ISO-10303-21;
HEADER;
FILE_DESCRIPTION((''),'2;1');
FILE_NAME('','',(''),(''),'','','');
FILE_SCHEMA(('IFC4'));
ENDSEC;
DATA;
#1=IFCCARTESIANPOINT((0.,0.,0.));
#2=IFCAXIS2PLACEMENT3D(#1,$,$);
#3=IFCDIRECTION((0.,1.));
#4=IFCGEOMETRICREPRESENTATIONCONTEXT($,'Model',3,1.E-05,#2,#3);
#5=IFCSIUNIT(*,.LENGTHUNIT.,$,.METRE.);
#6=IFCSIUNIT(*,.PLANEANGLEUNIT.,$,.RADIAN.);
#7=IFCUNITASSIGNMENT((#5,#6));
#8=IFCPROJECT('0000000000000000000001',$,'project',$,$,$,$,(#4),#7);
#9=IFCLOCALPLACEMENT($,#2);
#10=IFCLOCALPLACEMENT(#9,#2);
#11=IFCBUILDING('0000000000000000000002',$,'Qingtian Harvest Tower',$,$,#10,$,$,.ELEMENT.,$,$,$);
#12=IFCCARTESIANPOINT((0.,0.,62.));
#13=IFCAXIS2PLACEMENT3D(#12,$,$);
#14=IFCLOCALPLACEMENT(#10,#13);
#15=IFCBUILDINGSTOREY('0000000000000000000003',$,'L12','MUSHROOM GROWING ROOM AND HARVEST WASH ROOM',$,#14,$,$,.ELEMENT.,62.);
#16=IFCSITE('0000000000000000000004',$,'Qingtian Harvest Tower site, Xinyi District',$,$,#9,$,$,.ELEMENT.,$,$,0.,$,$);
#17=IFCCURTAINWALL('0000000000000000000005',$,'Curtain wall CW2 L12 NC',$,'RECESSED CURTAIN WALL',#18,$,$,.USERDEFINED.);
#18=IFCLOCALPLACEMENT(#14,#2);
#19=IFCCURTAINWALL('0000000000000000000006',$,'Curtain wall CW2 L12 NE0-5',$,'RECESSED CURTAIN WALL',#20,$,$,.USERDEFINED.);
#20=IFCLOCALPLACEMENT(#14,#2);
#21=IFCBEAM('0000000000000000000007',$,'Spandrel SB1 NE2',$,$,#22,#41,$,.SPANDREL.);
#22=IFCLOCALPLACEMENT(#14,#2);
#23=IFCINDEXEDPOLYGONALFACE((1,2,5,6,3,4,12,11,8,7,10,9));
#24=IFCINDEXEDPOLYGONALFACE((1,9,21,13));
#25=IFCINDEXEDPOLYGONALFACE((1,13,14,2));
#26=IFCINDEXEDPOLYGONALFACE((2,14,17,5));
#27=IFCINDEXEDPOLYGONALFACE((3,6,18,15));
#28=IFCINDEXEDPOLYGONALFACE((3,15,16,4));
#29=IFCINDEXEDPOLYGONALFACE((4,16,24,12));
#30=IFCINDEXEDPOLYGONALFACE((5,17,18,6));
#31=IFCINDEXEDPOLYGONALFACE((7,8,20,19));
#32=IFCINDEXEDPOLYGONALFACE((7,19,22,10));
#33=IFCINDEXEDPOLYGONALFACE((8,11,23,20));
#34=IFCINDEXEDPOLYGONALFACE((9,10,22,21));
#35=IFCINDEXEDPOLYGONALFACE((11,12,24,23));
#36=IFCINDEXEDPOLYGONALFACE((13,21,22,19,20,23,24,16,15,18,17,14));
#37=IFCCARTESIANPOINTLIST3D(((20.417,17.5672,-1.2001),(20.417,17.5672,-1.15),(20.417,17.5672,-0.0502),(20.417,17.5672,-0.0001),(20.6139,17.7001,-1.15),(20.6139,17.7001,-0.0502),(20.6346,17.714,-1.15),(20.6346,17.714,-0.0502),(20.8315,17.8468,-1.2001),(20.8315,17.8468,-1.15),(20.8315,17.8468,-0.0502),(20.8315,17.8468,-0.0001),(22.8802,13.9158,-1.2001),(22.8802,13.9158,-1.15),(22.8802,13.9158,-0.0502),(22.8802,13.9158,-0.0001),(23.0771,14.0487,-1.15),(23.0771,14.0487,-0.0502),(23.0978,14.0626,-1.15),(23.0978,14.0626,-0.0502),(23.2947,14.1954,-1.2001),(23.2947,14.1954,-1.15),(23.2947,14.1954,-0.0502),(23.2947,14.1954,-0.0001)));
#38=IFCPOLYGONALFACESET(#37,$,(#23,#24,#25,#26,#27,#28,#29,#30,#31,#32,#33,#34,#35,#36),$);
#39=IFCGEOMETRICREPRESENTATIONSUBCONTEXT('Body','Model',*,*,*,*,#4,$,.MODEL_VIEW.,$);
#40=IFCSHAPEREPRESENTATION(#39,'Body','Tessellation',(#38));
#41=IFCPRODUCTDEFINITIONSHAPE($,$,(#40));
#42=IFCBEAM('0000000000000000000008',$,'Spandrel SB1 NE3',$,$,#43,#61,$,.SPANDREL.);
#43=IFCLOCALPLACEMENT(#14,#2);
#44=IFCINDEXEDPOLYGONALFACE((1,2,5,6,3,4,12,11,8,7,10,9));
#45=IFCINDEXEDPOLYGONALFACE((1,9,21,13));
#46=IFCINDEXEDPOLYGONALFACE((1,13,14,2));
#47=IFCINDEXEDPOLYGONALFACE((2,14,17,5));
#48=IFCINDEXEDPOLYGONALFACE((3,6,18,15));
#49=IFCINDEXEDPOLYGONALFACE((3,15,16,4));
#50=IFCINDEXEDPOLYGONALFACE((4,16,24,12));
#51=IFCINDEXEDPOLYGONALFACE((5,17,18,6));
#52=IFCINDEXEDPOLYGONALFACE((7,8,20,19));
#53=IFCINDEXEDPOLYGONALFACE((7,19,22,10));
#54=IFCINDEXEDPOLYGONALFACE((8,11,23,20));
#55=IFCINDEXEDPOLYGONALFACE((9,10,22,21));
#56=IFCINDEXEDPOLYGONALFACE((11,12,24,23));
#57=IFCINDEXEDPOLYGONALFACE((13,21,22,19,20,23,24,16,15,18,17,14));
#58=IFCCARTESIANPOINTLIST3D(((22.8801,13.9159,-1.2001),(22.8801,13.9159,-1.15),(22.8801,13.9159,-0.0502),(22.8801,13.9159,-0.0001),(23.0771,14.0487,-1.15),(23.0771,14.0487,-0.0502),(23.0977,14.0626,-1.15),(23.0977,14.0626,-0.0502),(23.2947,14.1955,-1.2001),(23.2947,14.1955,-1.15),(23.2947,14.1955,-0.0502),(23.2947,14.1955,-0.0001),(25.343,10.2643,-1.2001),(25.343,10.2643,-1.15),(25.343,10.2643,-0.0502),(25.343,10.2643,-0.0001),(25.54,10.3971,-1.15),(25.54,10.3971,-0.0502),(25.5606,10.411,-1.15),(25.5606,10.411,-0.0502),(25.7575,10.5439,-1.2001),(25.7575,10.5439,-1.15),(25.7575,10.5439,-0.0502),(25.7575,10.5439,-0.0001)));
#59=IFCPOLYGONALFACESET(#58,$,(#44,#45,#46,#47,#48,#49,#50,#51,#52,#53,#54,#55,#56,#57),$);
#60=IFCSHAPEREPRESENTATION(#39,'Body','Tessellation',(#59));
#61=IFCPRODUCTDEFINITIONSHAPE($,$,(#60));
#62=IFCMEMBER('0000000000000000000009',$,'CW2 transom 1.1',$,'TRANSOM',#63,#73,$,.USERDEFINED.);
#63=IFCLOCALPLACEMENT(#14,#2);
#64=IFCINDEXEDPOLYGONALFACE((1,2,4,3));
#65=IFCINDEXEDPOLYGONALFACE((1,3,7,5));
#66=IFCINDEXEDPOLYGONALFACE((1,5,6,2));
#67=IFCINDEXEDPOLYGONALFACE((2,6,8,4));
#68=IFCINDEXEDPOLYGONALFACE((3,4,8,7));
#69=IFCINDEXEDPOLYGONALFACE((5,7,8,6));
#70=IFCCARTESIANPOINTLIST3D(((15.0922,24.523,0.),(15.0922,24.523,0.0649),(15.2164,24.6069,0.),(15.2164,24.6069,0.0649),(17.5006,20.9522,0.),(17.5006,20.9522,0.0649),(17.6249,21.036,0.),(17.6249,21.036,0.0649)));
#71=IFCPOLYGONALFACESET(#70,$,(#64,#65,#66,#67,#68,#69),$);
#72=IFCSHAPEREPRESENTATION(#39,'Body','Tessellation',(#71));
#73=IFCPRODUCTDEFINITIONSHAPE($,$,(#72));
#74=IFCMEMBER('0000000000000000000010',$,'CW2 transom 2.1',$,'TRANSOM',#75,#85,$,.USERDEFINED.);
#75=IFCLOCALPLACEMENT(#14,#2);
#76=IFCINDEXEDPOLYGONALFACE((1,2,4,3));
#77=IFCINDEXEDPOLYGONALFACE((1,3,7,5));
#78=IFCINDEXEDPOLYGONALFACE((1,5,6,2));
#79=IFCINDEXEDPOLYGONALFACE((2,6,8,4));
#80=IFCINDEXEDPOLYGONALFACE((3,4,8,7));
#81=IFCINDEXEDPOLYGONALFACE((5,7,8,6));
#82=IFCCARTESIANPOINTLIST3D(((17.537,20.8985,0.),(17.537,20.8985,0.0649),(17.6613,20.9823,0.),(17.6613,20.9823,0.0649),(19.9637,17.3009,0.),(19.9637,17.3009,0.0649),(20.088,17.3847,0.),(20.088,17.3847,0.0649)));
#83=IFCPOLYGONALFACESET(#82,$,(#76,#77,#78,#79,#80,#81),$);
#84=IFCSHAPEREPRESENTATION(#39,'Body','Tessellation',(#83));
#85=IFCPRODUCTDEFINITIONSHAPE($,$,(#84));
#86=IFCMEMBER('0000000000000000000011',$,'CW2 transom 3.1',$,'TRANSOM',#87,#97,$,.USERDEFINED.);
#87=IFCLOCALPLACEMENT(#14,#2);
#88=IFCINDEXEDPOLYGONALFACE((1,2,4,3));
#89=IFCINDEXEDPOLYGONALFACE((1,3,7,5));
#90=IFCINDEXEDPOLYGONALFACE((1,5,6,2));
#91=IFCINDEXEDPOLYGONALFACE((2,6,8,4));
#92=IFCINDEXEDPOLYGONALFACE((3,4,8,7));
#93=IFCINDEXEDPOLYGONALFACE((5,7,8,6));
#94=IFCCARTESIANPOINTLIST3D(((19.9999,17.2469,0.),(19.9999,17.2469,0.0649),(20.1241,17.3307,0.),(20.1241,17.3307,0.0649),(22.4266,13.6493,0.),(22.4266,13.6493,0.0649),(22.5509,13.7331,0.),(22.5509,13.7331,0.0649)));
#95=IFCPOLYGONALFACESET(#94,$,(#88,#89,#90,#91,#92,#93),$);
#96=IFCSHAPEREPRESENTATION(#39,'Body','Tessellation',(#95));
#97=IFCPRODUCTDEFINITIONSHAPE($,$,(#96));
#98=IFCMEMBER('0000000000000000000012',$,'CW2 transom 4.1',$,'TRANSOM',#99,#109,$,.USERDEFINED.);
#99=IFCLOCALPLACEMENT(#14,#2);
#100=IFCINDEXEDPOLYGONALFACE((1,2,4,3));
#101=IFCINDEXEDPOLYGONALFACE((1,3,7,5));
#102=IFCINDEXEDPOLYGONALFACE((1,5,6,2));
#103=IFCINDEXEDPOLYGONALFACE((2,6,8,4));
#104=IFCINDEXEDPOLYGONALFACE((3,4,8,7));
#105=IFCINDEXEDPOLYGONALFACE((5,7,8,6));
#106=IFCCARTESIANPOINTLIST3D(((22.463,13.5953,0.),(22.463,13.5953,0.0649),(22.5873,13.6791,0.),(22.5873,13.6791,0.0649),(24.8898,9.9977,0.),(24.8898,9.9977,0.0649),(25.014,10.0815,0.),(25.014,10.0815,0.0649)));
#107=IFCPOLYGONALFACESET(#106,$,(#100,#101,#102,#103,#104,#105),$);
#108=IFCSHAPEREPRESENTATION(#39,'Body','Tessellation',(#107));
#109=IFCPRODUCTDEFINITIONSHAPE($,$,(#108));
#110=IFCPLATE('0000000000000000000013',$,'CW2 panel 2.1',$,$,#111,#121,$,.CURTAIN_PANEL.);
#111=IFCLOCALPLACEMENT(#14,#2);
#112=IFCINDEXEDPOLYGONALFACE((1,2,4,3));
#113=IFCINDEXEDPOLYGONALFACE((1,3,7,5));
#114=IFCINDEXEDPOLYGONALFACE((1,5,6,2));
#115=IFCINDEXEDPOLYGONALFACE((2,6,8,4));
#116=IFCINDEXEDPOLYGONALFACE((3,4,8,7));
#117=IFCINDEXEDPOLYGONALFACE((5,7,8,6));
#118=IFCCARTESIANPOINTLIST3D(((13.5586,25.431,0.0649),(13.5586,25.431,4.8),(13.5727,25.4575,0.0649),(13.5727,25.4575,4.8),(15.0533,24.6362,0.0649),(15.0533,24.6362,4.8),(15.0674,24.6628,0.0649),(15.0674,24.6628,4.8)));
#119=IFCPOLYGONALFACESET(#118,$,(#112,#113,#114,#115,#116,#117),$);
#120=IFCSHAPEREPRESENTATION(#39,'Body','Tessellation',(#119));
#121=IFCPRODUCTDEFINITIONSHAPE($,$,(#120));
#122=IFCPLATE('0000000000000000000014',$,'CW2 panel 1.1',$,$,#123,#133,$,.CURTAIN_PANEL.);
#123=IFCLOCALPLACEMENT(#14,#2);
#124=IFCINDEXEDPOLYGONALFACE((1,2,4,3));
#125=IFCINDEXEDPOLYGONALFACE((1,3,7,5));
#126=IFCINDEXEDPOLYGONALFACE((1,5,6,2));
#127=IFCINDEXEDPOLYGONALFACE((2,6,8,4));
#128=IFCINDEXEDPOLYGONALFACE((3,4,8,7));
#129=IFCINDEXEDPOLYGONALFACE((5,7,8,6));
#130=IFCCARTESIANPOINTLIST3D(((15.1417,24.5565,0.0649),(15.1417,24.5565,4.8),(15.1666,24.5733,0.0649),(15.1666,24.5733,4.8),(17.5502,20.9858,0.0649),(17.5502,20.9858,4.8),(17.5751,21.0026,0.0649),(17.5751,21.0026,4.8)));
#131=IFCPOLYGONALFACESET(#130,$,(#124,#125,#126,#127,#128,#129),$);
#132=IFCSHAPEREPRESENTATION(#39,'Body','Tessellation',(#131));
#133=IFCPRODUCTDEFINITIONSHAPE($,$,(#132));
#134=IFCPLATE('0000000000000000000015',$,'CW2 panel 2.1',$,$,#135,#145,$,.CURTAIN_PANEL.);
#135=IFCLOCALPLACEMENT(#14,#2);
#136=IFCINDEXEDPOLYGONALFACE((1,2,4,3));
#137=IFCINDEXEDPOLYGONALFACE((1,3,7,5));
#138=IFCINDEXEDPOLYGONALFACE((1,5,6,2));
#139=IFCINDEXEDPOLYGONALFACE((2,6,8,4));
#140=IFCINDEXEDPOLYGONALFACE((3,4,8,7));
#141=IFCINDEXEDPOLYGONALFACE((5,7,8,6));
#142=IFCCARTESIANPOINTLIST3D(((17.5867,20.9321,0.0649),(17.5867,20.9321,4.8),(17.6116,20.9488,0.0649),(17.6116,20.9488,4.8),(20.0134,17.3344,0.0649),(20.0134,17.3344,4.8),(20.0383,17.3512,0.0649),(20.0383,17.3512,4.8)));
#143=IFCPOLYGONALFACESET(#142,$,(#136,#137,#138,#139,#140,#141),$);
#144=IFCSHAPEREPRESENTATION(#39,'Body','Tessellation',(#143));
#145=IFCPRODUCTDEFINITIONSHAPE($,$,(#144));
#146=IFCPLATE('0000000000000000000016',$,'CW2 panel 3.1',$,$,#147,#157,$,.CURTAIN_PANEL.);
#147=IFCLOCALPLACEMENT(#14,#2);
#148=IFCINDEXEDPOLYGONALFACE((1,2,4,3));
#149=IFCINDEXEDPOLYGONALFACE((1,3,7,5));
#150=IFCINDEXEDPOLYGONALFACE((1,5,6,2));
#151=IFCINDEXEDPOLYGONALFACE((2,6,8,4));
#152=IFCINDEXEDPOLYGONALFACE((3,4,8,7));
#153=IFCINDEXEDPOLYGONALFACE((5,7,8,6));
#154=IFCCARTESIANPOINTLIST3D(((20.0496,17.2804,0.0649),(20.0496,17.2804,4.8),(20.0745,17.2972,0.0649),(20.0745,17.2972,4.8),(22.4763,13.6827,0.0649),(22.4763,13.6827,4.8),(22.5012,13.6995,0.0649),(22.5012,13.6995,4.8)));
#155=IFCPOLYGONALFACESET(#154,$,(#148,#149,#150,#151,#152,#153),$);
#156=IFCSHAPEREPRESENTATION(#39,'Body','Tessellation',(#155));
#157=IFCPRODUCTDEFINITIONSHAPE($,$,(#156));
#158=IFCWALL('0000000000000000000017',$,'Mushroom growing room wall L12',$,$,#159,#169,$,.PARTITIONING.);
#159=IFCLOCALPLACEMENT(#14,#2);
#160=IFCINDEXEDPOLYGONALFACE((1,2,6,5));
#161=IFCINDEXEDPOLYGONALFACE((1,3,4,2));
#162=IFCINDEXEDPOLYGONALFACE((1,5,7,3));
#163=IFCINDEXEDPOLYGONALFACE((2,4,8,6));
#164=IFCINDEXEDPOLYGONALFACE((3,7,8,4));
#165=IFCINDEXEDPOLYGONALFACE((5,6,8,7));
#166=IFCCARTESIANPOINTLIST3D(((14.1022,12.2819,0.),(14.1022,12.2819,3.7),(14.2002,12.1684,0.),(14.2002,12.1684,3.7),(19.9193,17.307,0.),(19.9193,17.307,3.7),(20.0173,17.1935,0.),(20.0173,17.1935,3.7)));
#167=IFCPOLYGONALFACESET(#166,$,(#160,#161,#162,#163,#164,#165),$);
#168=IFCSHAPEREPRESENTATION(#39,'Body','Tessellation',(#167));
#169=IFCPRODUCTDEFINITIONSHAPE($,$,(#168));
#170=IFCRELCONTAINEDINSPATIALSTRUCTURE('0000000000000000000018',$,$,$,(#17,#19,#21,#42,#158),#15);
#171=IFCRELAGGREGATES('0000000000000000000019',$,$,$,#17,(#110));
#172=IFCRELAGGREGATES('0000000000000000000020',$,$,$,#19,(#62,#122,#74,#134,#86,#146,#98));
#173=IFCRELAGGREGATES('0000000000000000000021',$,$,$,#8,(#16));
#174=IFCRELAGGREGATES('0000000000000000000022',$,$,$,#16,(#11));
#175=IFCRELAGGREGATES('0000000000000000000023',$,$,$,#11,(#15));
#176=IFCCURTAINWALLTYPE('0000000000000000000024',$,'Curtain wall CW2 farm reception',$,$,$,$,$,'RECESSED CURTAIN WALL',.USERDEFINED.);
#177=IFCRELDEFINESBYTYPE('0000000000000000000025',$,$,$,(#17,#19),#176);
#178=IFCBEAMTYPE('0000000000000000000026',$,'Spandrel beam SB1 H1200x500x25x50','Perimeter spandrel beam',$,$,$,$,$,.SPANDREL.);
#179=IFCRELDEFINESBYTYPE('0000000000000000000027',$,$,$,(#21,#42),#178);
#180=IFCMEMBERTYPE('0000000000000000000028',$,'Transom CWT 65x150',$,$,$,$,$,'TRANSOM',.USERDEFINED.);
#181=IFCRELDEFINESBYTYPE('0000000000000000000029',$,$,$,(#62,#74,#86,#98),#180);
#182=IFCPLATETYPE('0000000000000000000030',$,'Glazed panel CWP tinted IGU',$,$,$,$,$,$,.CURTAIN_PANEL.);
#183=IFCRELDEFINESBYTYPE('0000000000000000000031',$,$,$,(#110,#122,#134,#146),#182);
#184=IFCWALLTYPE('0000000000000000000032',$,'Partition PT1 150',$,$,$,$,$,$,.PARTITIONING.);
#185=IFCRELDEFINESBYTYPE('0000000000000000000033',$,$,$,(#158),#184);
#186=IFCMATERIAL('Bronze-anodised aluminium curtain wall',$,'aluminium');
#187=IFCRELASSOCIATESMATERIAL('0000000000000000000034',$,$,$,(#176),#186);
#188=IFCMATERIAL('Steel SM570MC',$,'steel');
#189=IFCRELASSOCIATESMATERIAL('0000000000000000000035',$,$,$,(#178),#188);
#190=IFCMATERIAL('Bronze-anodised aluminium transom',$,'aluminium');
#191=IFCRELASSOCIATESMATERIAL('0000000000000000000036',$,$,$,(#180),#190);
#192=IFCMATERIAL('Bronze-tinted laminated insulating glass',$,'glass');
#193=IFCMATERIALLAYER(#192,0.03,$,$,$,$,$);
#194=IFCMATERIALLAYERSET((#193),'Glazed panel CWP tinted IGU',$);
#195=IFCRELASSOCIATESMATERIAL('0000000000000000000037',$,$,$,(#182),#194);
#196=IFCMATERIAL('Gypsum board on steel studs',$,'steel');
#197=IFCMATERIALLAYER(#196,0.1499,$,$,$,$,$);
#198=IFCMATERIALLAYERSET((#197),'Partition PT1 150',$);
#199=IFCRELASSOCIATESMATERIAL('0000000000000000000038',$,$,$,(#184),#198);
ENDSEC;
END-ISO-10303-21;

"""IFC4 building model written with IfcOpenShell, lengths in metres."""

from ifc_helpers import new_model, si_unit, direction, frame, frame_2d, origin, origin_2d, place, context, subcontext, project, spatial, rectangle, i_section, extrude, material, layer, layer_set, material_profile, profile_set, type_object, element, aggregate, save


model = new_model("IFC4")

# Units and contexts
model_context = context("Model", 3, precision=1e-05, world=origin(), true_north=direction((0.0, 1.0)))
body_context = subcontext(model_context, "Body", "Model", "MODEL_VIEW")
ifc_project = project(units=[si_unit("LENGTHUNIT", "METRE"), si_unit("PLANEANGLEUNIT", "RADIAN")], contexts=[model_context])

# Site, building, storey
site_placement = place(None, origin())
site = spatial("IfcSite", under=ifc_project, at=site_placement, Name="Qingtian Harvest Tower site, Xinyi District", CompositionType="ELEMENT", RefElevation=0.0)
building_placement = place(site_placement, origin())
building = spatial("IfcBuilding", under=site, at=building_placement, Name="Qingtian Harvest Tower", CompositionType="ELEMENT")
storey_placement = place(building_placement, frame((0.0, 0.0, 62.0)))
storey = spatial("IfcBuildingStorey", under=building, at=storey_placement, Name="L12", Description="MUSHROOM GROWING ROOM AND HARVEST WASH ROOM", CompositionType="ELEMENT", Elevation=62.0)

# Curtain wall
ifc_material_1 = material(Name="Bronze-anodised aluminium curtain wall", Category="aluminium")
curtain_wall_type = type_object("IfcCurtainWallType", Name="Curtain wall CW2 farm reception", ElementType="RECESSED CURTAIN WALL", PredefinedType="USERDEFINED", material=ifc_material_1)
curtain_wall_1_placement = place(storey_placement, origin())
curtain_wall_1 = element("IfcCurtainWall", 1, at=curtain_wall_1_placement, inside=storey, type_object=curtain_wall_type, Name="Curtain wall CW2 L12 NC", ObjectType="RECESSED CURTAIN WALL", PredefinedType="USERDEFINED")

# Curtain wall
curtain_wall_2_placement = place(storey_placement, origin())
curtain_wall_2 = element("IfcCurtainWall", 2, at=curtain_wall_2_placement, inside=storey, type_object=curtain_wall_type, Name="Curtain wall CW2 L12 NE0-5", ObjectType="RECESSED CURTAIN WALL", PredefinedType="USERDEFINED")

# Beams
ifc_material_2 = material(Name="Steel SM570MC", Category="steel")
ifc_material_profile_1 = material_profile(ifc_material_2, i_section(OverallWidth=0.5, OverallDepth=1.2, WebThickness=0.0249, FlangeThickness=0.05, at=origin_2d()), Name="H1200x500x25x50")
ifc_profile_set_1 = profile_set([ifc_material_profile_1], Name="Steel SM570MC")
beam_type_1 = type_object("IfcBeamType", Name="Spandrel beam SB1 H1200x500x25x50", Description="Perimeter spandrel beam", PredefinedType="SPANDREL", material=ifc_profile_set_1)
for number, where, z_axis, x_axis, name in (
    (3, (20.6243, 17.707, -0.6001), (0.559233, -0.829011, 0.0), (0.829011, 0.559233, 0.0), "Spandrel SB1 NE2"),
    (4, (23.0874, 14.0557, -0.6001), (0.559169, -0.829054, 0.0), (0.829054, 0.559169, 0.0), "Spandrel SB1 NE3"),
):
    element("IfcBeam", number, at=place(storey_placement, frame(where, z_axis=z_axis, x_axis=x_axis)), inside=storey, type_object=beam_type_1, Name=name, PredefinedType="SPANDREL", context=body_context, shape_type="SweptSolid", body=[
        extrude(i_section(OverallWidth=0.5, OverallDepth=1.2, WebThickness=0.0249, FlangeThickness=0.05, at=origin_2d()), origin(), (0.0, 0.0, 1.0), 4.4045),
    ])

# Members
ifc_material_3 = material(Name="Bronze-anodised aluminium transom", Category="aluminium")
ifc_material_profile_2 = material_profile(ifc_material_3, rectangle(XDim=0.1499, YDim=0.0649, at=origin_2d()), Name="AL 65x150")
ifc_profile_set_2 = profile_set([ifc_material_profile_2], Name="Bronze-anodised aluminium transom")
member_type_1 = type_object("IfcMemberType", Name="Transom CWT 65x150", ElementType="TRANSOM", PredefinedType="USERDEFINED", material=ifc_profile_set_2)
member_1_placement = place(storey_placement, frame((15.1543, 24.5649, 0.0325), z_axis=(0.559179, -0.829047, 0.0), x_axis=(0.829047, 0.559179, 0.0)))
member_1 = element("IfcMember", 5, at=member_1_placement, type_object=member_type_1, Name="CW2 transom 1.1", ObjectType="TRANSOM", PredefinedType="USERDEFINED", context=body_context, shape_type="SweptSolid", body=[
    extrude(rectangle(XDim=0.1499, YDim=0.0649, at=origin_2d()), origin(), (0.0, 0.0, 1.0), 4.3071),
])
member_2_placement = place(storey_placement, frame((17.5991, 20.9404, 0.0325), z_axis=(0.55921, -0.829026, 0.0), x_axis=(0.829026, 0.55921, 0.0)))
member_2 = element("IfcMember", 6, at=member_2_placement, type_object=member_type_1, Name="CW2 transom 2.1", ObjectType="TRANSOM", PredefinedType="USERDEFINED", context=body_context, shape_type="SweptSolid", body=[
    extrude(rectangle(XDim=0.1499, YDim=0.0649, at=origin_2d()), origin(), (0.0, 0.0, 1.0), 4.3396),
])
member_3_placement = place(storey_placement, frame((20.062, 17.2888, 0.0325), z_axis=(0.55921, -0.829026, 0.0), x_axis=(0.829026, 0.55921, 0.0)))
member_3 = element("IfcMember", 7, at=member_3_placement, type_object=member_type_1, Name="CW2 transom 3.1", ObjectType="TRANSOM", PredefinedType="USERDEFINED", context=body_context, shape_type="SweptSolid", body=[
    extrude(rectangle(XDim=0.1499, YDim=0.0649, at=origin_2d()), origin(), (0.0, 0.0, 1.0), 4.3396),
])
member_4_placement = place(storey_placement, frame((22.5251, 13.6372, 0.0325), z_axis=(0.55921, -0.829026, 0.0), x_axis=(0.829026, 0.55921, 0.0)))
member_4 = element("IfcMember", 8, at=member_4_placement, type_object=member_type_1, Name="CW2 transom 4.1", ObjectType="TRANSOM", PredefinedType="USERDEFINED", context=body_context, shape_type="SweptSolid", body=[
    extrude(rectangle(XDim=0.1499, YDim=0.0649, at=origin_2d()), origin(), (0.0, 0.0, 1.0), 4.3396),
])

# Plates
ifc_material_4 = material(Name="Bronze-tinted laminated insulating glass", Category="glass")
ifc_layer_1 = layer(ifc_material_4, 0.03)
ifc_layer_set_1 = layer_set([ifc_layer_1], Name="Glazed panel CWP tinted IGU")
plate_type = type_object("IfcPlateType", Name="Glazed panel CWP tinted IGU", PredefinedType="CURTAIN_PANEL", material=ifc_layer_set_1)
plate_1_placement = place(storey_placement, frame((14.313, 25.0469, 0.0649), z_axis=(0.0, 0.0, 1.0), x_axis=(0.882948, -0.469472, 0.0)))
plate_1 = element("IfcPlate", 9, at=plate_1_placement, type_object=plate_type, Name="CW2 panel 2.1", PredefinedType="CURTAIN_PANEL", context=body_context, shape_type="SweptSolid", body=[
    extrude(rectangle(XDim=1.6929, YDim=0.03, at=origin_2d()), origin(), (0.0, 0.0, 1.0), 4.7351),
])
aggregate(curtain_wall_1, [plate_1])
plate_2_placement = place(storey_placement, frame((16.3584, 22.7795, 0.0649), z_axis=(0.0, 0.0, 1.0), x_axis=(0.559193, -0.829038, 0.0)))
plate_2 = element("IfcPlate", 10, at=plate_2_placement, type_object=plate_type, Name="CW2 panel 1.1", PredefinedType="CURTAIN_PANEL", context=body_context, shape_type="SweptSolid", body=[
    extrude(rectangle(XDim=4.3071, YDim=0.03, at=origin_2d()), origin(), (0.0, 0.0, 1.0), 4.7351),
])
plate_3_placement = place(storey_placement, frame((18.8125, 19.1416, 0.0649), z_axis=(0.0, 0.0, 1.0), x_axis=(0.559193, -0.829038, 0.0)))
plate_3 = element("IfcPlate", 11, at=plate_3_placement, type_object=plate_type, Name="CW2 panel 2.1", PredefinedType="CURTAIN_PANEL", context=body_context, shape_type="SweptSolid", body=[
    extrude(rectangle(XDim=4.3396, YDim=0.03, at=origin_2d()), origin(), (0.0, 0.0, 1.0), 4.7351),
])
plate_4_placement = place(storey_placement, frame((21.2754, 15.49, 0.0649), z_axis=(0.0, 0.0, 1.0), x_axis=(0.559193, -0.829038, 0.0)))
plate_4 = element("IfcPlate", 12, at=plate_4_placement, type_object=plate_type, Name="CW2 panel 3.1", PredefinedType="CURTAIN_PANEL", context=body_context, shape_type="SweptSolid", body=[
    extrude(rectangle(XDim=4.3396, YDim=0.03, at=origin_2d()), origin(), (0.0, 0.0, 1.0), 4.7351),
])
aggregate(curtain_wall_2, [member_1, plate_2, member_2, plate_3, member_3, plate_4, member_4])

# Wall
ifc_material_5 = material(Name="Gypsum board on steel studs", Category="steel")
ifc_layer_2 = layer(ifc_material_5, 0.1499)
ifc_layer_set_2 = layer_set([ifc_layer_2], Name="Partition PT1 150")
wall_type = type_object("IfcWallType", Name="Partition PT1 150", PredefinedType="PARTITIONING", material=ifc_layer_set_2)
wall_placement = place(storey_placement, frame((19.9683, 17.2502, 0.0), z_axis=(0.0, 0.0, 1.0), x_axis=(-0.756742, -0.653713, 0.0)))
element("IfcWall", 13, at=wall_placement, inside=storey, type_object=wall_type, Name="Mushroom growing room wall L12", PredefinedType="PARTITIONING", context=body_context, shape_type="SweptSolid", body=[
    extrude(rectangle(XDim=7.687, YDim=0.1499, at=frame_2d((3.8435, 0.0))), origin(), (0.0, 0.0, 1.0), 3.7),
])

save(model, "model.ifc")
